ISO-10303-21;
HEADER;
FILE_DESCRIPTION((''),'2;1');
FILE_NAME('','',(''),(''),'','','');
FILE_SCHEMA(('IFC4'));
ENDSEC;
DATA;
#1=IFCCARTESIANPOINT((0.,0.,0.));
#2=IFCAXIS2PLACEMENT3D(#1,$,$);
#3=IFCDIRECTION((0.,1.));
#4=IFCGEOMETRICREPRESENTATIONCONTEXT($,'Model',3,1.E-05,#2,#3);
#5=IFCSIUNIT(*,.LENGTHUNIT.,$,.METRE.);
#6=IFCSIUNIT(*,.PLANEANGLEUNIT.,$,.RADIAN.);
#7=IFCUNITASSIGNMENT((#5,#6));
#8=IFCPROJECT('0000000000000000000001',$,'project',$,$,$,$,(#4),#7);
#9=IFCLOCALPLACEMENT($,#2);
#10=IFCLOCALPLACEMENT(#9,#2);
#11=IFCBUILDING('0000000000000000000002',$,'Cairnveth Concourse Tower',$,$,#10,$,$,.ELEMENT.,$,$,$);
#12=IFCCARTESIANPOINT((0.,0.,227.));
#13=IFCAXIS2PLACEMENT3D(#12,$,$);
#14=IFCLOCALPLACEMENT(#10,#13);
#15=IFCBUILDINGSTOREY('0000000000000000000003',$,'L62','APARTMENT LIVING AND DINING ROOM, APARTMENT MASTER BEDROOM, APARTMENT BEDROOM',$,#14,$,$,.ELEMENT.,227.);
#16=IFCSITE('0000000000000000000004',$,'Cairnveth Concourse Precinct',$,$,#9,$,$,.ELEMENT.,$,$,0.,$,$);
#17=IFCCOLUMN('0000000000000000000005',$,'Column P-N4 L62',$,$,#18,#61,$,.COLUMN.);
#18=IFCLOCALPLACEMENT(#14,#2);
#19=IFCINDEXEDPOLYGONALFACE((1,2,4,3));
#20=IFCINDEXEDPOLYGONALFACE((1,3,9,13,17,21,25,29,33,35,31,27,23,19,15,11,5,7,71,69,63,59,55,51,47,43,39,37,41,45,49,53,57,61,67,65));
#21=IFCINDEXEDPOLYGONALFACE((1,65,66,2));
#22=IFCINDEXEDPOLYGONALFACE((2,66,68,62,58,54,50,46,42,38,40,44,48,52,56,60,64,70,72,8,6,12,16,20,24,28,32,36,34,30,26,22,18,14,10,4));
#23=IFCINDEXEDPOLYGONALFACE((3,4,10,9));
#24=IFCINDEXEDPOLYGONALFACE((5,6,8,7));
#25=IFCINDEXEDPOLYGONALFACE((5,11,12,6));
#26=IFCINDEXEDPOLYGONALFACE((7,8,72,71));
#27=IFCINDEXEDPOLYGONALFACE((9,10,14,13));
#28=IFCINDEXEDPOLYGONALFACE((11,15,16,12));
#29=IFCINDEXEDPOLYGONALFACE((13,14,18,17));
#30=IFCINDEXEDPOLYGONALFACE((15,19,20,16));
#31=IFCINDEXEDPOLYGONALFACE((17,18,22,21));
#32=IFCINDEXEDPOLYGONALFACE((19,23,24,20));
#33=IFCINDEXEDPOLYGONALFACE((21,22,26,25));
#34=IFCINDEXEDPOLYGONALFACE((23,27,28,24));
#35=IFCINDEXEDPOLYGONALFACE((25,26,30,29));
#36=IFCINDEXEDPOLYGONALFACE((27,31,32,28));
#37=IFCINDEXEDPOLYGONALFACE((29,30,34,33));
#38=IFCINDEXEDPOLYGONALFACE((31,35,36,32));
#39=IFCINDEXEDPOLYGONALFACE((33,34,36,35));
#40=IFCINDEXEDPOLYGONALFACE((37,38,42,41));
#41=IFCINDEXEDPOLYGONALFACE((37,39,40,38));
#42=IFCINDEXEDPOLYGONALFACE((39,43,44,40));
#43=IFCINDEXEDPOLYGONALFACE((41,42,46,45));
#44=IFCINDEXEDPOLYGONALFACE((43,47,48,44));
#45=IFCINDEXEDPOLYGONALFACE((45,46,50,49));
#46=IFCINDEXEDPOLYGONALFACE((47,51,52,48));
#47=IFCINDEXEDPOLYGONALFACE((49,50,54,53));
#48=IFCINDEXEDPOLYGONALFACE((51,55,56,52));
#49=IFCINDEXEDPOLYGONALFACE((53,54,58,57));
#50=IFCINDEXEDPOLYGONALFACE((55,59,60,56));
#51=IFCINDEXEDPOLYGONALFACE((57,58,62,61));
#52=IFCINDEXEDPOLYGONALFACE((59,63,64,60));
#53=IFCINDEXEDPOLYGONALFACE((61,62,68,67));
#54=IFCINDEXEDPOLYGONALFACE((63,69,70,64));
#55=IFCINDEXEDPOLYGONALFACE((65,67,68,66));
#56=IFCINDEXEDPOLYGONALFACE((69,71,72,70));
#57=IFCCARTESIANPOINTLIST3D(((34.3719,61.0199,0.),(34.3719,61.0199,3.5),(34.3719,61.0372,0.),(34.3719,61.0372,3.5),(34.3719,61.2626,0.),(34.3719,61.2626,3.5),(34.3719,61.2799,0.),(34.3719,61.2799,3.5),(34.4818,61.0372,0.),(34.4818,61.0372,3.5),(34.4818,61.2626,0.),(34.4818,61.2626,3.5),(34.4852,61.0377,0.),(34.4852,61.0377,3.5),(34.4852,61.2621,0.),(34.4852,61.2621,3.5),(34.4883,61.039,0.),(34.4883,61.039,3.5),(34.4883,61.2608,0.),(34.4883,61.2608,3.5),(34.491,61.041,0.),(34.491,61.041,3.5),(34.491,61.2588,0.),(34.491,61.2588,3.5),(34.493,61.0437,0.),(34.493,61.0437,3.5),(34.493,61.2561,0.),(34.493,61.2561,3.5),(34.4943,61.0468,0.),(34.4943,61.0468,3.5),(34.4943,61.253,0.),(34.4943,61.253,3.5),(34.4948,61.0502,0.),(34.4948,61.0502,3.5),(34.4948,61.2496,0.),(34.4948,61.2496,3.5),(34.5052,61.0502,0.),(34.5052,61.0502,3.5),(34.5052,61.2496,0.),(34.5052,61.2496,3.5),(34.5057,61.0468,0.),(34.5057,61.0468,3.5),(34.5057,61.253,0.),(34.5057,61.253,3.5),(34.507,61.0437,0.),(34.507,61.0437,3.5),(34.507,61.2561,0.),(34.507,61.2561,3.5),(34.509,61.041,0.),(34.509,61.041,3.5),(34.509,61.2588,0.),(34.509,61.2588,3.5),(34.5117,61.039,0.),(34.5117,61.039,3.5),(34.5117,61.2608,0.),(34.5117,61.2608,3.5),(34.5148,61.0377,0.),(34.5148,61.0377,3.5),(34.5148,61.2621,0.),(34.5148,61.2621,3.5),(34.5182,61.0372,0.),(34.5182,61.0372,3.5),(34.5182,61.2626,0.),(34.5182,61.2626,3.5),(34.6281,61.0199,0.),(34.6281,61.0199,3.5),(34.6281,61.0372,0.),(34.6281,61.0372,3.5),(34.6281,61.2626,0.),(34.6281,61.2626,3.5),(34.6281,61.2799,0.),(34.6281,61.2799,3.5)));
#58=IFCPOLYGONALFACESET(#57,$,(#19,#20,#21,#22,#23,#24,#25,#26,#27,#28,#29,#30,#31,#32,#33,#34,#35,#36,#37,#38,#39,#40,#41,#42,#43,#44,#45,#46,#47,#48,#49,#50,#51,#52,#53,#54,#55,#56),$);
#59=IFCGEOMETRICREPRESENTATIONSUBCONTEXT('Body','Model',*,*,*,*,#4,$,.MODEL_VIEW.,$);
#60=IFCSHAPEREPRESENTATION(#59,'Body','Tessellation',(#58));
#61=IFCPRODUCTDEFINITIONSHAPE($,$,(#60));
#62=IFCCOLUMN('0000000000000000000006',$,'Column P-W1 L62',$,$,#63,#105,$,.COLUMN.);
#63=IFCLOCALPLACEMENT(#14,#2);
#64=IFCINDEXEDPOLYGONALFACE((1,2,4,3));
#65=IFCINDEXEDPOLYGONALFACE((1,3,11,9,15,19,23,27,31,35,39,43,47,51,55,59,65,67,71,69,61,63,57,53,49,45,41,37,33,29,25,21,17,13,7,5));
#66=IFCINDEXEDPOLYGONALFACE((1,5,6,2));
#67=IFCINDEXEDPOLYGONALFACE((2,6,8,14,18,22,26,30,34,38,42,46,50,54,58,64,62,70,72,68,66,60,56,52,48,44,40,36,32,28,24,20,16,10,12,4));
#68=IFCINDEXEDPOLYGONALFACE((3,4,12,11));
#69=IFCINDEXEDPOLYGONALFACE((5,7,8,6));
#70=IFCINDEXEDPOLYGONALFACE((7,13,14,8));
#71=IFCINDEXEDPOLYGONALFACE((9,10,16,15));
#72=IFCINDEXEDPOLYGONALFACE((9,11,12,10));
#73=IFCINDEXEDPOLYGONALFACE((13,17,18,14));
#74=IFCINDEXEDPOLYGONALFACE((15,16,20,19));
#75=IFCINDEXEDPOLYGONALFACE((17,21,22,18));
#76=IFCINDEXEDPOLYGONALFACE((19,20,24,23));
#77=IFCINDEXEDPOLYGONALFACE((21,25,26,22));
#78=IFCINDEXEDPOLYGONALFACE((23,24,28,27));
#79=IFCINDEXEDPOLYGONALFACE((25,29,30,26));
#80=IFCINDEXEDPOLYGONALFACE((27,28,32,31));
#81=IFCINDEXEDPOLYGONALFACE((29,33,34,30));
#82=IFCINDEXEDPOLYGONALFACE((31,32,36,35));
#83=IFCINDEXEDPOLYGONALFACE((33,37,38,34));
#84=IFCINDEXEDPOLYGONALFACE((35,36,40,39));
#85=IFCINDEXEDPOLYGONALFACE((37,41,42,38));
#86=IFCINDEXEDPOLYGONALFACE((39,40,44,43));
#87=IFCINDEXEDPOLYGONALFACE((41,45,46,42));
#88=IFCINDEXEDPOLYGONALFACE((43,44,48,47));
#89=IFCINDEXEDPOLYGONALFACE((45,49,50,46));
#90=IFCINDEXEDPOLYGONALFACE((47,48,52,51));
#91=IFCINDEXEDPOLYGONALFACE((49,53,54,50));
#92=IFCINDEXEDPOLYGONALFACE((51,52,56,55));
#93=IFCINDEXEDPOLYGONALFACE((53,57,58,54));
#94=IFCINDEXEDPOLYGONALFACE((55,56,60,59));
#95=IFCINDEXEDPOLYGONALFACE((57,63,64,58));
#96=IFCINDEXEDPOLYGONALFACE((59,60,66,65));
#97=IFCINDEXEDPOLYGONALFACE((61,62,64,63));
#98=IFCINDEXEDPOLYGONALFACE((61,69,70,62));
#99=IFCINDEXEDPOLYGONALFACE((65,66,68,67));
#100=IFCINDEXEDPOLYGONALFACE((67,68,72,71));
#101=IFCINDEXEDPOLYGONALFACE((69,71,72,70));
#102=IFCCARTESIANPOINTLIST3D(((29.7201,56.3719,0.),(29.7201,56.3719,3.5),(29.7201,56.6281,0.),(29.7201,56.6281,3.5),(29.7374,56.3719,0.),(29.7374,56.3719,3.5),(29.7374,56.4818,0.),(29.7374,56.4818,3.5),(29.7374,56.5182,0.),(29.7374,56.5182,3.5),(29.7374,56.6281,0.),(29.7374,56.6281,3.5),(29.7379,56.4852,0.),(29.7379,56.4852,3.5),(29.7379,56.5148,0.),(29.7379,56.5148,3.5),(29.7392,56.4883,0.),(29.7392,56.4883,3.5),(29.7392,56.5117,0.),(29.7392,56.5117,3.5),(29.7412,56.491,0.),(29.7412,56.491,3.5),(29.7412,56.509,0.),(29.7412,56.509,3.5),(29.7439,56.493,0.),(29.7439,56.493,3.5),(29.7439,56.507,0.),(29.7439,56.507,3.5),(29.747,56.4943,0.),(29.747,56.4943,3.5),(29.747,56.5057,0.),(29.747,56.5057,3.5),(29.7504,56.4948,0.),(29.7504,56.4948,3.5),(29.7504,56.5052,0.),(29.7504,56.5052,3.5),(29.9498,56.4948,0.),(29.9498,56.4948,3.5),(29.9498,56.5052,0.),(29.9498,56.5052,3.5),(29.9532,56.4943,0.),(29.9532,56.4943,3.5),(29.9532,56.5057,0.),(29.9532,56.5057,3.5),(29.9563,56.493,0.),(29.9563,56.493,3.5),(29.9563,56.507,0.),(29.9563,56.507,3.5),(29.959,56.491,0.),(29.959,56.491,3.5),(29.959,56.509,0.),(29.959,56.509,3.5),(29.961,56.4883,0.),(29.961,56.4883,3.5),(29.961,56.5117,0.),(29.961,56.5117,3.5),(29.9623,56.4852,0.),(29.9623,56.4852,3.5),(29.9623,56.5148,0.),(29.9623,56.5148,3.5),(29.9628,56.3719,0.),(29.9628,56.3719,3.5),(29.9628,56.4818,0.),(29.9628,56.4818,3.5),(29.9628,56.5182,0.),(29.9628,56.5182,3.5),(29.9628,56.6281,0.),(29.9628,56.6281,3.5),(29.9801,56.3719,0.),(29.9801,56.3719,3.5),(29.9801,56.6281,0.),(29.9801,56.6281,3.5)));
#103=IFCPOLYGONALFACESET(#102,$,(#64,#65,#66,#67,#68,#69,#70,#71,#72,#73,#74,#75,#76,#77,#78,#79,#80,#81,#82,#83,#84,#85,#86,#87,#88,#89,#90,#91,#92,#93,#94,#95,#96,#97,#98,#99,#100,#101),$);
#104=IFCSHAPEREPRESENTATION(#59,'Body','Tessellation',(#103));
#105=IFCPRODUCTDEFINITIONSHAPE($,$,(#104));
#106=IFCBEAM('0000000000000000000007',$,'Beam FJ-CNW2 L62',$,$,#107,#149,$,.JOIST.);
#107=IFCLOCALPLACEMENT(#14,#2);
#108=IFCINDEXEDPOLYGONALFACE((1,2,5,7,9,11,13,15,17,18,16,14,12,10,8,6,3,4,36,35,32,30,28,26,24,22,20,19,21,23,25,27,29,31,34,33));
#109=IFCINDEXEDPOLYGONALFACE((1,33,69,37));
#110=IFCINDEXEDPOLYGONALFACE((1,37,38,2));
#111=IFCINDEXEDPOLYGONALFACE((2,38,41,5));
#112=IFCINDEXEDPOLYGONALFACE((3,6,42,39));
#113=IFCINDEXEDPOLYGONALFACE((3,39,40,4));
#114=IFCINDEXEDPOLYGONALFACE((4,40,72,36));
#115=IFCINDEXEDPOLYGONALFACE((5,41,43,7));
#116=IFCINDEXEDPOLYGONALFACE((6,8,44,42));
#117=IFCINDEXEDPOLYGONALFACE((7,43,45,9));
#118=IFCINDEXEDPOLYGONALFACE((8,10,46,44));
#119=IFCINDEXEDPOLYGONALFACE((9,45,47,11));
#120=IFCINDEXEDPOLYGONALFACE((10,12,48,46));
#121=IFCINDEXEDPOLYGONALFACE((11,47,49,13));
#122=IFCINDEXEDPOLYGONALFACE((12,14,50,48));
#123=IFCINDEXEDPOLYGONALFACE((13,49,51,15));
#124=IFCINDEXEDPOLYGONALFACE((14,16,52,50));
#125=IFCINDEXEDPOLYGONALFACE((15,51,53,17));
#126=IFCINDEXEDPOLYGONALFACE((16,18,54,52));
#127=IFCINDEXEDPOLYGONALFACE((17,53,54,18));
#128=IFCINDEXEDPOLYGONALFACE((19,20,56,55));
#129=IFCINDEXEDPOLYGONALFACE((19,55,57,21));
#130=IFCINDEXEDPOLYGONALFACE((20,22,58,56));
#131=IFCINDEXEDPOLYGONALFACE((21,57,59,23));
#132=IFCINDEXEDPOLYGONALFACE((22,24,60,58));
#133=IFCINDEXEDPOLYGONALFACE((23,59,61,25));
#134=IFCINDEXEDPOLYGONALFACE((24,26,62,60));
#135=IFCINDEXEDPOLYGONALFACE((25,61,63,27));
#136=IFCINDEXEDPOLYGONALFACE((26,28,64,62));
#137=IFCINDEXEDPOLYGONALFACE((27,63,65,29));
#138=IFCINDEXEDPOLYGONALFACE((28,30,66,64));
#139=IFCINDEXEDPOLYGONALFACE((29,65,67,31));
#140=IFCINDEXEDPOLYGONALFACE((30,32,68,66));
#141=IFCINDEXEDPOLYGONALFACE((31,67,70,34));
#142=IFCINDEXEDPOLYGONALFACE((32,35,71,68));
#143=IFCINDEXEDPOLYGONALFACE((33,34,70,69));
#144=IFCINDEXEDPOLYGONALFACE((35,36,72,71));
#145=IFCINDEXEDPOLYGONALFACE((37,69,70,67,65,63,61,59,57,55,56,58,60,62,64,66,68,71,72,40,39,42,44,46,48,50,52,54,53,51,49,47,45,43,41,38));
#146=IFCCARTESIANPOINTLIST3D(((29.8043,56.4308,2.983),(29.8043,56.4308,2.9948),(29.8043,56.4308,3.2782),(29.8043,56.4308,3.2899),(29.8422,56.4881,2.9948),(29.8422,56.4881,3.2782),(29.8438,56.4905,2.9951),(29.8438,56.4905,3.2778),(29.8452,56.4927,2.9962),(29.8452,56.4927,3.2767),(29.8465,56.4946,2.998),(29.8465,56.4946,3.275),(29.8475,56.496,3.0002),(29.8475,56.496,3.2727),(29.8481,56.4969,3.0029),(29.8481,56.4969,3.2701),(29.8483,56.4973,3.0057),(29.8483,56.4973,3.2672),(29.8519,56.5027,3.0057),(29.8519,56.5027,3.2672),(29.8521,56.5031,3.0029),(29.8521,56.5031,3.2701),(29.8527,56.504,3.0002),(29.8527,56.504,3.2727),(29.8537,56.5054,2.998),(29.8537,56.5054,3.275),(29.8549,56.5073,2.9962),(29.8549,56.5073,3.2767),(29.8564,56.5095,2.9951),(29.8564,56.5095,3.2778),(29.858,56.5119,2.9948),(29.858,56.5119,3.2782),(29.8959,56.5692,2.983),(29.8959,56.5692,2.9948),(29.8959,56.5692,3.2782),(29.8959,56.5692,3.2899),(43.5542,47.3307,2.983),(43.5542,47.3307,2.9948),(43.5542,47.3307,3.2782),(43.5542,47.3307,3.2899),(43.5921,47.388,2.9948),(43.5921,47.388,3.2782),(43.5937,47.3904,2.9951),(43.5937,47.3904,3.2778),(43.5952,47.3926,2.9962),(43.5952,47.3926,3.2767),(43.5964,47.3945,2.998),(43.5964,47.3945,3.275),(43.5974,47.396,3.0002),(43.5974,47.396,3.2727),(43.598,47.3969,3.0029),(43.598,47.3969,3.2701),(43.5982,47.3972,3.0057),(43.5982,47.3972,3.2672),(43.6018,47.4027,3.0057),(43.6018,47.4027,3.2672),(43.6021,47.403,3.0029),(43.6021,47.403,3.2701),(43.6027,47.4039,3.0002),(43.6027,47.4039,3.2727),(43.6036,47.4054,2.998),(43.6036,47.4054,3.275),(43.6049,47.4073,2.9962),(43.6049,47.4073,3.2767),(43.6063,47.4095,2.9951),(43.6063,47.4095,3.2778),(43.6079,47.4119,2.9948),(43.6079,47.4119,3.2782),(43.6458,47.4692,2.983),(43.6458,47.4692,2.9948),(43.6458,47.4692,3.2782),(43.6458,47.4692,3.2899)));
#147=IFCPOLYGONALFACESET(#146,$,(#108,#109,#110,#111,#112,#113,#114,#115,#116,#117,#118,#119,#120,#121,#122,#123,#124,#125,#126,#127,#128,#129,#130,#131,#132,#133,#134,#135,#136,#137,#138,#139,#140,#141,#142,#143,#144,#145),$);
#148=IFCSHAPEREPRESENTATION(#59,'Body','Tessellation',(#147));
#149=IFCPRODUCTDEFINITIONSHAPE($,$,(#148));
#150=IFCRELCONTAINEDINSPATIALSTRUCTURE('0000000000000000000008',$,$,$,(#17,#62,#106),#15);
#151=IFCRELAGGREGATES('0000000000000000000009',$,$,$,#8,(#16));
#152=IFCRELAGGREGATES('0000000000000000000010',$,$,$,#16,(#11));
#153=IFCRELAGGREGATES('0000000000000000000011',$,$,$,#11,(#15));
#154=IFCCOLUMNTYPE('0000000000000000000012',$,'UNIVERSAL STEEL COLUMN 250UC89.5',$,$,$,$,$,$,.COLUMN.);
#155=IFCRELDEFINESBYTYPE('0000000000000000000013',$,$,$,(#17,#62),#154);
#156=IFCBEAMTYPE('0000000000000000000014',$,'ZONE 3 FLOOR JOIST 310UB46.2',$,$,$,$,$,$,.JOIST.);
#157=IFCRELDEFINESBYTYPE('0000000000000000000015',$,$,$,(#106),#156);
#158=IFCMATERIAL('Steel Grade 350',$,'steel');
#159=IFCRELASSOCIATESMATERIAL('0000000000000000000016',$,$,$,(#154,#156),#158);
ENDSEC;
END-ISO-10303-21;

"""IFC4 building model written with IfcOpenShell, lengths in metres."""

from ifc_helpers import new_model, si_unit, direction, frame, origin, origin_2d, place, context, subcontext, project, spatial, i_section, extrude, material, material_profile, profile_set, type_object, element, save


model = new_model("IFC4")

# Units and contexts
model_context = context("Model", 3, precision=1e-05, world=origin(), true_north=direction((0.0, 1.0)))
body_context = subcontext(model_context, "Body", "Model", "MODEL_VIEW")
ifc_project = project(units=[si_unit("LENGTHUNIT", "METRE"), si_unit("PLANEANGLEUNIT", "RADIAN")], contexts=[model_context])

# Site, building, storey
site_placement = place(None, origin())
site = spatial("IfcSite", under=ifc_project, at=site_placement, Name="Cairnveth Concourse Precinct", CompositionType="ELEMENT", RefElevation=0.0)
building_placement = place(site_placement, origin())
building = spatial("IfcBuilding", under=site, at=building_placement, Name="Cairnveth Concourse Tower", CompositionType="ELEMENT")
storey_placement = place(building_placement, frame((0.0, 0.0, 227.0)))
storey = spatial("IfcBuildingStorey", under=building, at=storey_placement, Name="L62", Description="APARTMENT LIVING AND DINING ROOM, APARTMENT MASTER BEDROOM, APARTMENT BEDROOM", CompositionType="ELEMENT", Elevation=227.0)

# Columns
ifc_material_1 = material(Name="Steel Grade 350", Category="steel")
ifc_material_profile_1 = material_profile(ifc_material_1, i_section(OverallWidth=0.2561, OverallDepth=0.26, WebThickness=0.0105, FlangeThickness=0.0173, FilletRadius=0.0129, at=origin_2d()), Name="250UC89.5")
ifc_profile_set_1 = profile_set([ifc_material_profile_1], Name="Steel Grade 350")
column_type = type_object("IfcColumnType", Name="UNIVERSAL STEEL COLUMN 250UC89.5", PredefinedType="COLUMN", material=ifc_profile_set_1)
for number, where, z_axis, x_axis, name in (
    (1, (34.5, 61.1499, 0.0), (0.0, 0.0, 1.0), (1.0, 0.0, 0.0), "Column P-N4 L62"),
    (2, (29.8501, 56.5, 0.0), (0.0, 0.0, 1.0), (0.0, 1.0, 0.0), "Column P-W1 L62"),
):
    element("IfcColumn", number, at=place(storey_placement, frame(where, z_axis=z_axis, x_axis=x_axis)), inside=storey, type_object=column_type, Name=name, PredefinedType="COLUMN", context=body_context, shape_type="SweptSolid", body=[
        extrude(i_section(OverallWidth=0.2561, OverallDepth=0.26, WebThickness=0.0105, FlangeThickness=0.0173, FilletRadius=0.0129, at=origin_2d()), origin(), (0.0, 0.0, 1.0), 3.5),
    ])

# Beam
ifc_material_profile_2 = material_profile(ifc_material_1, i_section(OverallWidth=0.166, OverallDepth=0.3069, WebThickness=0.0066, FlangeThickness=0.0117, FilletRadius=0.011, at=origin_2d()), Name="310UB46.2")
ifc_profile_set_2 = profile_set([ifc_material_profile_2], Name="Steel Grade 350")
beam_type_1 = type_object("IfcBeamType", Name="ZONE 3 FLOOR JOIST 310UB46.2", PredefinedType="JOIST", material=ifc_profile_set_2)
beam_1_placement = place(storey_placement, frame((29.8501, 56.5, 3.1365), z_axis=(0.833909, -0.551902, 0.0), x_axis=(0.551902, 0.833909, 0.0)))
element("IfcBeam", 3, at=beam_1_placement, inside=storey, type_object=beam_type_1, Name="Beam FJ-CNW2 L62", PredefinedType="JOIST", context=body_context, shape_type="SweptSolid", body=[
    extrude(i_section(OverallWidth=0.166, OverallDepth=0.3069, WebThickness=0.0066, FlangeThickness=0.0117, FilletRadius=0.011, at=origin_2d()), origin(), (0.0, 0.0, 1.0), 16.4885),
])

save(model, "model.ifc")
